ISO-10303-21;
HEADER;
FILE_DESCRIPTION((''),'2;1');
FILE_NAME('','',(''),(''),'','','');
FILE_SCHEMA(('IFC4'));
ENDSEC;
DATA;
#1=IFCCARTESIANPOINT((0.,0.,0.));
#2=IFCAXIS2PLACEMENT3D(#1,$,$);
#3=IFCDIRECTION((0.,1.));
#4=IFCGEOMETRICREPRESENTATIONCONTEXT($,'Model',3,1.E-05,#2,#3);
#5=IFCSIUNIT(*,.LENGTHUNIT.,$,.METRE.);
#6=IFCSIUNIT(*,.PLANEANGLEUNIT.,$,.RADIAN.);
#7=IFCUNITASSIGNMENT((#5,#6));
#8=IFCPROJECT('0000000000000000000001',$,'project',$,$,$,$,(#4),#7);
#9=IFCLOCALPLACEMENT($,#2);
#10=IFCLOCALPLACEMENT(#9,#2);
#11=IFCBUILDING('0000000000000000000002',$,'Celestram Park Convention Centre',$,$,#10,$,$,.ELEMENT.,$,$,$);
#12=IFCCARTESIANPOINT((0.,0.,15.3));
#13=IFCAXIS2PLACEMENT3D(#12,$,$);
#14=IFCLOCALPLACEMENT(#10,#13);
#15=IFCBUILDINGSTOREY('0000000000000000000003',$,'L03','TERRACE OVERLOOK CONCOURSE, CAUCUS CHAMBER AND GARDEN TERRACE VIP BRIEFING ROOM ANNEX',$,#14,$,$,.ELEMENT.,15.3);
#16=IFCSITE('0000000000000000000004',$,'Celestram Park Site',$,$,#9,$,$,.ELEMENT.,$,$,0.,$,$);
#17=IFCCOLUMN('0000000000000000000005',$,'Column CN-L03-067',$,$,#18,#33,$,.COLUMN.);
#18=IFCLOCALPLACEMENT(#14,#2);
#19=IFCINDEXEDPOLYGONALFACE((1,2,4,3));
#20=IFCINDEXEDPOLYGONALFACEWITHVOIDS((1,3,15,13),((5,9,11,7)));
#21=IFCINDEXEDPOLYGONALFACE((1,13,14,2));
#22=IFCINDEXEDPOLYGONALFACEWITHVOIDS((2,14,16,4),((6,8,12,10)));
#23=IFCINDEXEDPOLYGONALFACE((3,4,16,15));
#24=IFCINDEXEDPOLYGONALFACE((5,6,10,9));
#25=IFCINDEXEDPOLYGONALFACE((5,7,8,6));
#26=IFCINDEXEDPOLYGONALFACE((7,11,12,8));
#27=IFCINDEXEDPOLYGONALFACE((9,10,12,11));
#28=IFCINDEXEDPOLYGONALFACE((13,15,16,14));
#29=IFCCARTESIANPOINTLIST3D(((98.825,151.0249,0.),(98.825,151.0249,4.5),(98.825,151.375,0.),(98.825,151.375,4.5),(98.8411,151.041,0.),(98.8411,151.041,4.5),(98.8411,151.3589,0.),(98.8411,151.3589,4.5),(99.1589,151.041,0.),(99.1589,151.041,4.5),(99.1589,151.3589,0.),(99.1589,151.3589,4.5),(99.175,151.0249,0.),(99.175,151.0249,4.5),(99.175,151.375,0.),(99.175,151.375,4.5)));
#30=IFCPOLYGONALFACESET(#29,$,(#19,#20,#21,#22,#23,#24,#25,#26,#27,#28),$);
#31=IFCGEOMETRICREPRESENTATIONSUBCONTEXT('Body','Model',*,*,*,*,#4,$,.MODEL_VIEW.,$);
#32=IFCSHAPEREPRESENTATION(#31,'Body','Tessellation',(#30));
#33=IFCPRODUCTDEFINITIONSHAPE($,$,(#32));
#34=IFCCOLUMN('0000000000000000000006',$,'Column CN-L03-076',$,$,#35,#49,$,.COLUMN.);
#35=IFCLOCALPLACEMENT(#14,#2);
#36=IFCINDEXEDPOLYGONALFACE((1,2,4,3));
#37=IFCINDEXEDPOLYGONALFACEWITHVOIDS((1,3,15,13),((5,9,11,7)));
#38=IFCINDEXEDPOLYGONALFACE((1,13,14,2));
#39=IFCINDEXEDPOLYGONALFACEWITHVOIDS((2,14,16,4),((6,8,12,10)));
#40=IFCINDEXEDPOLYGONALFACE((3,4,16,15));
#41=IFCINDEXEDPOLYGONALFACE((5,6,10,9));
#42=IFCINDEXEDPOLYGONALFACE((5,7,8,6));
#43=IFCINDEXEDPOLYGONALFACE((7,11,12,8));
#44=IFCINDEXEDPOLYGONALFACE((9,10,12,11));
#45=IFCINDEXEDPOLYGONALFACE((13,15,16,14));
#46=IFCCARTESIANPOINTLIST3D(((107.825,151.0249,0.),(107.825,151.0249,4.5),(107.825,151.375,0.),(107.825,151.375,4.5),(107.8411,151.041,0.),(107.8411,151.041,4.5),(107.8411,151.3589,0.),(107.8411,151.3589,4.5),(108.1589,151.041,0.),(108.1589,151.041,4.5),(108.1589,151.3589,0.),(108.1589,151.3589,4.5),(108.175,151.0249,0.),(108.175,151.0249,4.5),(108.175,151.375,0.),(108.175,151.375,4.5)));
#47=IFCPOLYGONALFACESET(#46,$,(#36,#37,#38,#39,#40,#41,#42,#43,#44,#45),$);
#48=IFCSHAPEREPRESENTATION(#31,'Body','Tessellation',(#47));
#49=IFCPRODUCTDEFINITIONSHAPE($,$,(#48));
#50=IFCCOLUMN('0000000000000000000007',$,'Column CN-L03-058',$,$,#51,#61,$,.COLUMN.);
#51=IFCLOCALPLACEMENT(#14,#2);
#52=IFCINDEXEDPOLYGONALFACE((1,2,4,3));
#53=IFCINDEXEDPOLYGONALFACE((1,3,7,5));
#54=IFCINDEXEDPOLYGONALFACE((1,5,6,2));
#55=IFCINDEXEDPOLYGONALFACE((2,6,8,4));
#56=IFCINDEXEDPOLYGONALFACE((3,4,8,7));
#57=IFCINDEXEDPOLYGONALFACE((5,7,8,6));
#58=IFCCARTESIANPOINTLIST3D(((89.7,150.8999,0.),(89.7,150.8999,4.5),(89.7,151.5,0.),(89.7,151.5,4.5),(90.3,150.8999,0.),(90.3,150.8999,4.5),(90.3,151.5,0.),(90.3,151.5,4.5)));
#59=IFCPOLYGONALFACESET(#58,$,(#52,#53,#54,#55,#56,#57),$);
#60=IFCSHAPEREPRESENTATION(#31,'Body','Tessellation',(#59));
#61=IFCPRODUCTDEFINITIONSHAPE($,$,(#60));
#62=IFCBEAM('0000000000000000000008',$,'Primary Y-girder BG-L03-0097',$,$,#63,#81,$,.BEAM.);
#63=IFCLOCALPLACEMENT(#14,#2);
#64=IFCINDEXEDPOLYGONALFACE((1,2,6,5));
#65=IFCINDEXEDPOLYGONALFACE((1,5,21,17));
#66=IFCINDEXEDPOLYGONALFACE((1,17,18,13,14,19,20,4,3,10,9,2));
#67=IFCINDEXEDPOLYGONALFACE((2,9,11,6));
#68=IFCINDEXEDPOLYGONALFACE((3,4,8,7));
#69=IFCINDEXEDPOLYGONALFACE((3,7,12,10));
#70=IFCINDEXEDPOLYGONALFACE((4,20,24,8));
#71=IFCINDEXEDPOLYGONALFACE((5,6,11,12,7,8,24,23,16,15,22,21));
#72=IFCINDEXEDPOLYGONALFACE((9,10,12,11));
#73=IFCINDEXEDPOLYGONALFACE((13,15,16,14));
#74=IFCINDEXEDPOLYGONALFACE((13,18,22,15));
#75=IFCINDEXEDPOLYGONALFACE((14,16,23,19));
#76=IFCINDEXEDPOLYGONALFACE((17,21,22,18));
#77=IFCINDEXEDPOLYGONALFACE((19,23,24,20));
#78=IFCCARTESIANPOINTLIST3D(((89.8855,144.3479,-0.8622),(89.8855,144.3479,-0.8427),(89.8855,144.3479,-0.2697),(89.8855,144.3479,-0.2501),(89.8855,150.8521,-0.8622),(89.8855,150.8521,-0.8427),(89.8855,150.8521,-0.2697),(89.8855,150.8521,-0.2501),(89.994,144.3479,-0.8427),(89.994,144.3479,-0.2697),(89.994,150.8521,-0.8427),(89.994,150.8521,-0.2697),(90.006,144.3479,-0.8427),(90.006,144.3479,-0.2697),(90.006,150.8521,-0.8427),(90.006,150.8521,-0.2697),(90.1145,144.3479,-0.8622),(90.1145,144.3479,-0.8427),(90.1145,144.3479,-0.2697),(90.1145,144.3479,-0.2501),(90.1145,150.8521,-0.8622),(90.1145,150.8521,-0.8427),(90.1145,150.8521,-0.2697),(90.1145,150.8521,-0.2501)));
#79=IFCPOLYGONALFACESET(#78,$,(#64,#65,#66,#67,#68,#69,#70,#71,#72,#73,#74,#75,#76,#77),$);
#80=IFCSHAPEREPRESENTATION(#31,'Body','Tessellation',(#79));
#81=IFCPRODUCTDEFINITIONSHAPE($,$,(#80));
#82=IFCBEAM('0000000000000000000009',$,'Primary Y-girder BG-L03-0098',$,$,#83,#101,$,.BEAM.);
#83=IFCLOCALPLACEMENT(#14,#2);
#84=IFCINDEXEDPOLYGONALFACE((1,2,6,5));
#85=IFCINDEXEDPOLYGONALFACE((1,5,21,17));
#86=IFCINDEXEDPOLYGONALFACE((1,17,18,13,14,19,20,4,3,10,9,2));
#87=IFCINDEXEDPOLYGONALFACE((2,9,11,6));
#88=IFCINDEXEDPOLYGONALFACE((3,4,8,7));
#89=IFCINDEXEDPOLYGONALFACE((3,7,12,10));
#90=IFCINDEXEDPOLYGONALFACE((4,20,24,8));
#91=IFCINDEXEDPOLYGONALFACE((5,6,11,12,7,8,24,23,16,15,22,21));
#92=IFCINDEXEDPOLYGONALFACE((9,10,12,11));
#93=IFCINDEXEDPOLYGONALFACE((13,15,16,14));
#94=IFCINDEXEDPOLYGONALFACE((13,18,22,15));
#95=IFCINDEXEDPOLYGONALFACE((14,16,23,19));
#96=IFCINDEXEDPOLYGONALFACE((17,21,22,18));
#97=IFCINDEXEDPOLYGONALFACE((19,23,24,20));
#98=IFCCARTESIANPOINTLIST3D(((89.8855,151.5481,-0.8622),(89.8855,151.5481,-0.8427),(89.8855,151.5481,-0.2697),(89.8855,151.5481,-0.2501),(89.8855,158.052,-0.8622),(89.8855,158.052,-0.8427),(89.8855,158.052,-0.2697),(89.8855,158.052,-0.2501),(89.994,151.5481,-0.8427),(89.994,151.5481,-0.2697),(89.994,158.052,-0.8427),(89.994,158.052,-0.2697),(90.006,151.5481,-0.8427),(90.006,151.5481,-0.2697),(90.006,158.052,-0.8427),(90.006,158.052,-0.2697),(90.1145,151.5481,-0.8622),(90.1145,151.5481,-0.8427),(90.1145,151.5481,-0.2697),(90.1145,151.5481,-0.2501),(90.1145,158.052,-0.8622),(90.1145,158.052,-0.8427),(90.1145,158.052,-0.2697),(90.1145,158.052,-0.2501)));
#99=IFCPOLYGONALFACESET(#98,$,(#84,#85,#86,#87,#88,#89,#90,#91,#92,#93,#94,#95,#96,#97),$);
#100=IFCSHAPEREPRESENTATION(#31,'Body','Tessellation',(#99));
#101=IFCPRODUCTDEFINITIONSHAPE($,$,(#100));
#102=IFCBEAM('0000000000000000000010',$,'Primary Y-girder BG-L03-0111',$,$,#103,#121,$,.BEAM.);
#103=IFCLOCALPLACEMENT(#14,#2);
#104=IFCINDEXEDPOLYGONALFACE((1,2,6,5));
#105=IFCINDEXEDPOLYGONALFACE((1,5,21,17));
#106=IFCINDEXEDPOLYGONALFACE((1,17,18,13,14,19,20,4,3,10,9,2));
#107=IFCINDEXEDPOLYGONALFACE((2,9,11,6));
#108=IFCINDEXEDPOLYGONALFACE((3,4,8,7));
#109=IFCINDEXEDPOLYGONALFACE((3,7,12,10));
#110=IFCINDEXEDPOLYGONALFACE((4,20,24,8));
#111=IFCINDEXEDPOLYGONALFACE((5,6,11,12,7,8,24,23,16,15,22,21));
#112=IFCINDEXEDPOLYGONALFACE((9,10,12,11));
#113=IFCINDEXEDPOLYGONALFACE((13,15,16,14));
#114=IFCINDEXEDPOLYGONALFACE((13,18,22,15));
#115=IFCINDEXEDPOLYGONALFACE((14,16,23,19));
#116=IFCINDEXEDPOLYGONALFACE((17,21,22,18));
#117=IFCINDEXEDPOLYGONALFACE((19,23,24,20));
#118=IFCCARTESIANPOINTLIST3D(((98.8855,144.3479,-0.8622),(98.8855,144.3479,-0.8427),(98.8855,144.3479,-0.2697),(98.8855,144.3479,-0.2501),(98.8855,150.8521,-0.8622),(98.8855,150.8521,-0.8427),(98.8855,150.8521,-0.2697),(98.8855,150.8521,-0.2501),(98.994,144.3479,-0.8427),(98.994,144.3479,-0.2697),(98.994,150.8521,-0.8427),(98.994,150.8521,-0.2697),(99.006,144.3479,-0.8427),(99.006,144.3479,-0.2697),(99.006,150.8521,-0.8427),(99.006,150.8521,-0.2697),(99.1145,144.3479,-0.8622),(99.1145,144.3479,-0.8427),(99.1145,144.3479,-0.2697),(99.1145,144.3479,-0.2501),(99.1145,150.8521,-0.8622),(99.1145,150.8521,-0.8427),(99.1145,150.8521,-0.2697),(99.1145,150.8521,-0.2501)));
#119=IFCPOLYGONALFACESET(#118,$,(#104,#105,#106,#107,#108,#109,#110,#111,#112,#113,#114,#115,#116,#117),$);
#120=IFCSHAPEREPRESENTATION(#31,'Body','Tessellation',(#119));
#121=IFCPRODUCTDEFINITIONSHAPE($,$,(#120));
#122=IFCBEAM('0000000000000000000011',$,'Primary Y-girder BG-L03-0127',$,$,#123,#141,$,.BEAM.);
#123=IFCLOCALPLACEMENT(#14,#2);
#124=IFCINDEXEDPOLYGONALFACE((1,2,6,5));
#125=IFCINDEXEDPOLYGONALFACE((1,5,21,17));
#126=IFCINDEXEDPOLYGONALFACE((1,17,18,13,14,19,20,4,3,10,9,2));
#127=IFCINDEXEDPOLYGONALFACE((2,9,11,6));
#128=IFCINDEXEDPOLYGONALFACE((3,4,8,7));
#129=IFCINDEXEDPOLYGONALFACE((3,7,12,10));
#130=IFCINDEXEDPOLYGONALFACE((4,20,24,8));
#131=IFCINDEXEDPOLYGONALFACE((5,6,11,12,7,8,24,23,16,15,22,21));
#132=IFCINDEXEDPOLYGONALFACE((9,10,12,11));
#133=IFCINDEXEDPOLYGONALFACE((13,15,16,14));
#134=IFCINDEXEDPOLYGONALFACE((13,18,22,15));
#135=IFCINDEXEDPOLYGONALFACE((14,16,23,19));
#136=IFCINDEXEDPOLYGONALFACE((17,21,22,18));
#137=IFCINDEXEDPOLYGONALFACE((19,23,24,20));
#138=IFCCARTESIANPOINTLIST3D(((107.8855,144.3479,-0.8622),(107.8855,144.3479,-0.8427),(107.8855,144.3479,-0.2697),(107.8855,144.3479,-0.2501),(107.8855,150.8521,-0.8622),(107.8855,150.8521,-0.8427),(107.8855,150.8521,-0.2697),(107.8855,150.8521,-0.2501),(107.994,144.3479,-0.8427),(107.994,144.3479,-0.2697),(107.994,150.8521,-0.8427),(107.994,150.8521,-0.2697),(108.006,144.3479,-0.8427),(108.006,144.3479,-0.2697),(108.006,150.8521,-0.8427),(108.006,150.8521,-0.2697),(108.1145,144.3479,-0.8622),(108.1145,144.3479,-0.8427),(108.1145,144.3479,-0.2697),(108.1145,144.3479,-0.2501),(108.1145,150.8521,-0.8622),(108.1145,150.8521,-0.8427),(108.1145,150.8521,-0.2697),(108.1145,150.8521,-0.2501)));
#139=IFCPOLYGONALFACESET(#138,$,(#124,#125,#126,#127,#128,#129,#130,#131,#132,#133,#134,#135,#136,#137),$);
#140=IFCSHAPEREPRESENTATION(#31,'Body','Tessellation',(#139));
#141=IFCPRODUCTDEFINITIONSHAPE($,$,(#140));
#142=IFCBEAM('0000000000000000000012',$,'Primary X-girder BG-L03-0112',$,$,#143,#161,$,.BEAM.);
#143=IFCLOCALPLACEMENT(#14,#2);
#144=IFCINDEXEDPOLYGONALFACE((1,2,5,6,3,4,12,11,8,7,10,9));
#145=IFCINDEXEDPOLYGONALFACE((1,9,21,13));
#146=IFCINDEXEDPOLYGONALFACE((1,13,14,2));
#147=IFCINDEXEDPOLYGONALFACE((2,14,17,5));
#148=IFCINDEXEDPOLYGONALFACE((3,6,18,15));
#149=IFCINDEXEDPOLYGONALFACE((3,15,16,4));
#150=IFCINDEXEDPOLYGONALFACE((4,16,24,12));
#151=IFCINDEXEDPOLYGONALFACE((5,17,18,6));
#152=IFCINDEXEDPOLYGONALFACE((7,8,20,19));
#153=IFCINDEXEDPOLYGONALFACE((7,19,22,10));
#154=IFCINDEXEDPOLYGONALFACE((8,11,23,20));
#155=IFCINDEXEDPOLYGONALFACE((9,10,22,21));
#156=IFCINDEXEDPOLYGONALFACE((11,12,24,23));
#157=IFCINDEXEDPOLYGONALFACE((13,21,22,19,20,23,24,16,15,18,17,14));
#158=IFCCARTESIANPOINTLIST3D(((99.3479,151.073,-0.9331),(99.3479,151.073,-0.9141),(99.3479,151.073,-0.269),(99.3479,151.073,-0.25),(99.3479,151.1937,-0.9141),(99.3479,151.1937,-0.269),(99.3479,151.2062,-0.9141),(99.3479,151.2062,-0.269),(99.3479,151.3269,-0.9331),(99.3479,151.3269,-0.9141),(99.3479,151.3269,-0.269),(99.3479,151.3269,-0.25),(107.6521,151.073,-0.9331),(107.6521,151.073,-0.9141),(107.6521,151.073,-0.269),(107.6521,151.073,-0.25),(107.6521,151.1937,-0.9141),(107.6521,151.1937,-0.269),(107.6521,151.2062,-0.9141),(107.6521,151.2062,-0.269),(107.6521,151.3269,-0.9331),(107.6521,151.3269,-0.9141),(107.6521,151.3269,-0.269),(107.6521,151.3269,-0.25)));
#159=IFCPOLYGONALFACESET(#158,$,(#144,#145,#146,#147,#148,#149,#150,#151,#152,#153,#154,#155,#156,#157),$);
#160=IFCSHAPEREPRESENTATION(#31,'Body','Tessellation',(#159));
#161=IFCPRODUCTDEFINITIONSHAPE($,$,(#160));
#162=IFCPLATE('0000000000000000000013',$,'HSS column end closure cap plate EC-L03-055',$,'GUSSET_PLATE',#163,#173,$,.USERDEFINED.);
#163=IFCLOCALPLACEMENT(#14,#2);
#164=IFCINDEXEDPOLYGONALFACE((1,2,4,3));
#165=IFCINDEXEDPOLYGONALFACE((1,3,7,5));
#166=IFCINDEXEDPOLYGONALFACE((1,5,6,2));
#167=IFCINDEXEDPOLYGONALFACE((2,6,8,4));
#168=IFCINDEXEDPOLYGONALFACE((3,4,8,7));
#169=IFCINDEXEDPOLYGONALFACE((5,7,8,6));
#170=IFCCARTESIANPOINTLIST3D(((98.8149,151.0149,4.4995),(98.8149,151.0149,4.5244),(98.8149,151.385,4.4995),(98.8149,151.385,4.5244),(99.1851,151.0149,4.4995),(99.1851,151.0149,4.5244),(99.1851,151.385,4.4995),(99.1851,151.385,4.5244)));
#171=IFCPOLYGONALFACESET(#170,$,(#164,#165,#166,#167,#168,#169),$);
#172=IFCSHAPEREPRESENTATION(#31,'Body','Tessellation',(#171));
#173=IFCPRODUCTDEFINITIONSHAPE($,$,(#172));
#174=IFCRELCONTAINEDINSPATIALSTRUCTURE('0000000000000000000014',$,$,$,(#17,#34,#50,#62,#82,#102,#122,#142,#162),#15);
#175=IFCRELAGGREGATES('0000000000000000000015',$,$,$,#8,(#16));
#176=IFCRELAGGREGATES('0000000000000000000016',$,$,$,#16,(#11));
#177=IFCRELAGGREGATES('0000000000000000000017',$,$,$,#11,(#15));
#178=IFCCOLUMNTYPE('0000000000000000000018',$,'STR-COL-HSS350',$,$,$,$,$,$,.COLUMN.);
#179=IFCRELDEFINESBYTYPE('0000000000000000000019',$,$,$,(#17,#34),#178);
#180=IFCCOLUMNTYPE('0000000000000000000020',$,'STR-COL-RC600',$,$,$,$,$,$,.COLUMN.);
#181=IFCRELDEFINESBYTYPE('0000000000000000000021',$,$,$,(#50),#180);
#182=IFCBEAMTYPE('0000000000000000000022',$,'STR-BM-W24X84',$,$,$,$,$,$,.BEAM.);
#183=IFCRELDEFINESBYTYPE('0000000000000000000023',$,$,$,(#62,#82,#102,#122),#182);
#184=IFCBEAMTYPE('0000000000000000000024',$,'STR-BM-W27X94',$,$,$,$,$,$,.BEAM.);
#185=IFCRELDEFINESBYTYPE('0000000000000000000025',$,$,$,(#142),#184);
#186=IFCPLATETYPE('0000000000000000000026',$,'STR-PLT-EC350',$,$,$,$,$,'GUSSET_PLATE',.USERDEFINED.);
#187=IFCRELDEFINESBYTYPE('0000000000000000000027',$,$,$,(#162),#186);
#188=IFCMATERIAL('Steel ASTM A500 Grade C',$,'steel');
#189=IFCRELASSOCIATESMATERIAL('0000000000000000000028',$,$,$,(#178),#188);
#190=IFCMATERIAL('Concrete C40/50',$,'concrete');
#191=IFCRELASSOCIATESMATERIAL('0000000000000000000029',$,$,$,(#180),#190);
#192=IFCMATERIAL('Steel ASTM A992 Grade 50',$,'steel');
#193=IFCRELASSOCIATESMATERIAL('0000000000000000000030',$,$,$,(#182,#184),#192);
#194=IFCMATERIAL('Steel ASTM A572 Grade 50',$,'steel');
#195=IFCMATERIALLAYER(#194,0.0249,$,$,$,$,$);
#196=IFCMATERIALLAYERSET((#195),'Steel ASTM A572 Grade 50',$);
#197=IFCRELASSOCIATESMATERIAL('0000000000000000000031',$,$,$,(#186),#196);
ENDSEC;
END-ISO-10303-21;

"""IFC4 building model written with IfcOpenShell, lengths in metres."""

from ifc_helpers import new_model, si_unit, direction, frame, origin, origin_2d, place, context, subcontext, project, spatial, rectangle, hollow_rectangle, i_section, extrude, material, layer, layer_set, material_profile, profile_set, type_object, element, save


model = new_model("IFC4")

# Units and contexts
model_context = context("Model", 3, precision=1e-05, world=origin(), true_north=direction((0.0, 1.0)))
body_context = subcontext(model_context, "Body", "Model", "MODEL_VIEW")
ifc_project = project(units=[si_unit("LENGTHUNIT", "METRE"), si_unit("PLANEANGLEUNIT", "RADIAN")], contexts=[model_context])

# Site, building, storey
site_placement = place(None, origin())
site = spatial("IfcSite", under=ifc_project, at=site_placement, Name="Celestram Park Site", CompositionType="ELEMENT", RefElevation=0.0)
building_placement = place(site_placement, origin())
building = spatial("IfcBuilding", under=site, at=building_placement, Name="Celestram Park Convention Centre", CompositionType="ELEMENT")
storey_placement = place(building_placement, frame((0.0, 0.0, 15.3)))
storey = spatial("IfcBuildingStorey", under=building, at=storey_placement, Name="L03", Description="TERRACE OVERLOOK CONCOURSE, CAUCUS CHAMBER AND GARDEN TERRACE VIP BRIEFING ROOM ANNEX", CompositionType="ELEMENT", Elevation=15.3)

# Columns
ifc_material_1 = material(Name="Steel ASTM A500 Grade C", Category="steel")
ifc_material_profile_1 = material_profile(ifc_material_1, hollow_rectangle(XDim=0.3501, YDim=0.3501, WallThickness=0.0161, at=origin_2d()), Name="HSS350X350X16")
ifc_profile_set_1 = profile_set([ifc_material_profile_1], Name="Steel ASTM A500 Grade C")
column_type_1 = type_object("IfcColumnType", Name="STR-COL-HSS350", PredefinedType="COLUMN", material=ifc_profile_set_1)
for number, where, z_axis, x_axis, name in (
    (1, (99.0, 151.2, 0.0), (0.0, 0.0, 1.0), (1.0, 0.0, 0.0), "Column CN-L03-067"),
    (2, (108.0, 151.2, 0.0), (0.0, 0.0, 1.0), (1.0, 0.0, 0.0), "Column CN-L03-076"),
):
    element("IfcColumn", number, at=place(storey_placement, frame(where, z_axis=z_axis, x_axis=x_axis)), inside=storey, type_object=column_type_1, Name=name, PredefinedType="COLUMN", context=body_context, shape_type="SweptSolid", body=[
        extrude(hollow_rectangle(XDim=0.3501, YDim=0.3501, WallThickness=0.0161, at=origin_2d()), origin(), (0.0, 0.0, 1.0), 4.5),
    ])
ifc_material_2 = material(Name="Concrete C40/50", Category="concrete")
ifc_material_profile_2 = material_profile(ifc_material_2, rectangle(XDim=0.6001, YDim=0.6001, at=origin_2d()), Name="RC600X600")
ifc_profile_set_2 = profile_set([ifc_material_profile_2], Name="Concrete C40/50")
column_type_2 = type_object("IfcColumnType", Name="STR-COL-RC600", PredefinedType="COLUMN", material=ifc_profile_set_2)
column_placement = place(storey_placement, frame((90.0, 151.2, 0.0), z_axis=(0.0, 0.0, 1.0), x_axis=(1.0, 0.0, 0.0)))
element("IfcColumn", 3, at=column_placement, inside=storey, type_object=column_type_2, Name="Column CN-L03-058", PredefinedType="COLUMN", context=body_context, shape_type="SweptSolid", body=[
    extrude(rectangle(XDim=0.6001, YDim=0.6001, at=origin_2d()), origin(), (0.0, 0.0, 1.0), 4.5),
])

# Beams
ifc_material_3 = material(Name="Steel ASTM A992 Grade 50", Category="steel")
ifc_material_profile_3 = material_profile(ifc_material_3, i_section(OverallWidth=0.229, OverallDepth=0.6121, WebThickness=0.012, FlangeThickness=0.0195, at=origin_2d()), Name="W24X84")
ifc_profile_set_3 = profile_set([ifc_material_profile_3], Name="Steel ASTM A992 Grade 50")
beam_type_1 = type_object("IfcBeamType", Name="STR-BM-W24X84", PredefinedType="BEAM", material=ifc_profile_set_3)
beam_1_placement = place(storey_placement, frame((90.0, 144.3479, -0.5562), z_axis=(0.0, 1.0, 0.0), x_axis=(-1.0, 0.0, 0.0)))
element("IfcBeam", 4, at=beam_1_placement, inside=storey, type_object=beam_type_1, Name="Primary Y-girder BG-L03-0097", PredefinedType="BEAM", context=body_context, shape_type="SweptSolid", body=[
    extrude(i_section(OverallWidth=0.229, OverallDepth=0.6121, WebThickness=0.012, FlangeThickness=0.0195, at=origin_2d()), origin(), (0.0, 0.0, 1.0), 6.5042),
])
beam_2_placement = place(storey_placement, frame((90.0, 151.5481, -0.5562), z_axis=(0.0, 1.0, 0.0), x_axis=(-1.0, 0.0, 0.0)))
element("IfcBeam", 5, at=beam_2_placement, inside=storey, type_object=beam_type_1, Name="Primary Y-girder BG-L03-0098", PredefinedType="BEAM", context=body_context, shape_type="SweptSolid", body=[
    extrude(i_section(OverallWidth=0.229, OverallDepth=0.6121, WebThickness=0.012, FlangeThickness=0.0195, at=origin_2d()), origin(), (0.0, 0.0, 1.0), 6.5039),
])
for number, where, z_axis, x_axis, name in (
    (6, (99.0, 144.3479, -0.5562), (0.0, 1.0, 0.0), (-1.0, 0.0, 0.0), "Primary Y-girder BG-L03-0111"),
    (7, (108.0, 144.3479, -0.5562), (0.0, 1.0, 0.0), (-1.0, 0.0, 0.0), "Primary Y-girder BG-L03-0127"),
):
    element("IfcBeam", number, at=place(storey_placement, frame(where, z_axis=z_axis, x_axis=x_axis)), inside=storey, type_object=beam_type_1, Name=name, PredefinedType="BEAM", context=body_context, shape_type="SweptSolid", body=[
        extrude(i_section(OverallWidth=0.229, OverallDepth=0.6121, WebThickness=0.012, FlangeThickness=0.0195, at=origin_2d()), origin(), (0.0, 0.0, 1.0), 6.5042),
    ])
ifc_material_profile_4 = material_profile(ifc_material_3, i_section(OverallWidth=0.2539, OverallDepth=0.6831, WebThickness=0.0125, FlangeThickness=0.019, at=origin_2d()), Name="W27X94")
ifc_profile_set_4 = profile_set([ifc_material_profile_4], Name="Steel ASTM A992 Grade 50")
beam_type_2 = type_object("IfcBeamType", Name="STR-BM-W27X94", PredefinedType="BEAM", material=ifc_profile_set_4)
beam_3_placement = place(storey_placement, frame((99.3479, 151.2, -0.5916), z_axis=(1.0, 0.0, 0.0), x_axis=(0.0, 1.0, 0.0)))
element("IfcBeam", 8, at=beam_3_placement, inside=storey, type_object=beam_type_2, Name="Primary X-girder BG-L03-0112", PredefinedType="BEAM", context=body_context, shape_type="SweptSolid", body=[
    extrude(i_section(OverallWidth=0.2539, OverallDepth=0.6831, WebThickness=0.0125, FlangeThickness=0.019, at=origin_2d()), origin(), (0.0, 0.0, 1.0), 8.3042),
])

# Plate
ifc_material_4 = material(Name="Steel ASTM A572 Grade 50", Category="steel")
ifc_layer_1 = layer(ifc_material_4, 0.0249)
ifc_layer_set_1 = layer_set([ifc_layer_1], Name="Steel ASTM A572 Grade 50")
plate_type = type_object("IfcPlateType", Name="STR-PLT-EC350", ElementType="GUSSET_PLATE", PredefinedType="USERDEFINED", material=ifc_layer_set_1)
plate_placement = place(storey_placement, frame((99.0, 151.2, 4.4995), z_axis=(0.0, 0.0, 1.0), x_axis=(1.0, 0.0, 0.0)))
element("IfcPlate", 9, at=plate_placement, inside=storey, type_object=plate_type, Name="HSS column end closure cap plate EC-L03-055", ObjectType="GUSSET_PLATE", PredefinedType="USERDEFINED", context=body_context, shape_type="SweptSolid", body=[
    extrude(rectangle(XDim=0.3701, YDim=0.3701, at=origin_2d()), origin(), (0.0, 0.0, 1.0), 0.0249),
])

save(model, "model.ifc")
